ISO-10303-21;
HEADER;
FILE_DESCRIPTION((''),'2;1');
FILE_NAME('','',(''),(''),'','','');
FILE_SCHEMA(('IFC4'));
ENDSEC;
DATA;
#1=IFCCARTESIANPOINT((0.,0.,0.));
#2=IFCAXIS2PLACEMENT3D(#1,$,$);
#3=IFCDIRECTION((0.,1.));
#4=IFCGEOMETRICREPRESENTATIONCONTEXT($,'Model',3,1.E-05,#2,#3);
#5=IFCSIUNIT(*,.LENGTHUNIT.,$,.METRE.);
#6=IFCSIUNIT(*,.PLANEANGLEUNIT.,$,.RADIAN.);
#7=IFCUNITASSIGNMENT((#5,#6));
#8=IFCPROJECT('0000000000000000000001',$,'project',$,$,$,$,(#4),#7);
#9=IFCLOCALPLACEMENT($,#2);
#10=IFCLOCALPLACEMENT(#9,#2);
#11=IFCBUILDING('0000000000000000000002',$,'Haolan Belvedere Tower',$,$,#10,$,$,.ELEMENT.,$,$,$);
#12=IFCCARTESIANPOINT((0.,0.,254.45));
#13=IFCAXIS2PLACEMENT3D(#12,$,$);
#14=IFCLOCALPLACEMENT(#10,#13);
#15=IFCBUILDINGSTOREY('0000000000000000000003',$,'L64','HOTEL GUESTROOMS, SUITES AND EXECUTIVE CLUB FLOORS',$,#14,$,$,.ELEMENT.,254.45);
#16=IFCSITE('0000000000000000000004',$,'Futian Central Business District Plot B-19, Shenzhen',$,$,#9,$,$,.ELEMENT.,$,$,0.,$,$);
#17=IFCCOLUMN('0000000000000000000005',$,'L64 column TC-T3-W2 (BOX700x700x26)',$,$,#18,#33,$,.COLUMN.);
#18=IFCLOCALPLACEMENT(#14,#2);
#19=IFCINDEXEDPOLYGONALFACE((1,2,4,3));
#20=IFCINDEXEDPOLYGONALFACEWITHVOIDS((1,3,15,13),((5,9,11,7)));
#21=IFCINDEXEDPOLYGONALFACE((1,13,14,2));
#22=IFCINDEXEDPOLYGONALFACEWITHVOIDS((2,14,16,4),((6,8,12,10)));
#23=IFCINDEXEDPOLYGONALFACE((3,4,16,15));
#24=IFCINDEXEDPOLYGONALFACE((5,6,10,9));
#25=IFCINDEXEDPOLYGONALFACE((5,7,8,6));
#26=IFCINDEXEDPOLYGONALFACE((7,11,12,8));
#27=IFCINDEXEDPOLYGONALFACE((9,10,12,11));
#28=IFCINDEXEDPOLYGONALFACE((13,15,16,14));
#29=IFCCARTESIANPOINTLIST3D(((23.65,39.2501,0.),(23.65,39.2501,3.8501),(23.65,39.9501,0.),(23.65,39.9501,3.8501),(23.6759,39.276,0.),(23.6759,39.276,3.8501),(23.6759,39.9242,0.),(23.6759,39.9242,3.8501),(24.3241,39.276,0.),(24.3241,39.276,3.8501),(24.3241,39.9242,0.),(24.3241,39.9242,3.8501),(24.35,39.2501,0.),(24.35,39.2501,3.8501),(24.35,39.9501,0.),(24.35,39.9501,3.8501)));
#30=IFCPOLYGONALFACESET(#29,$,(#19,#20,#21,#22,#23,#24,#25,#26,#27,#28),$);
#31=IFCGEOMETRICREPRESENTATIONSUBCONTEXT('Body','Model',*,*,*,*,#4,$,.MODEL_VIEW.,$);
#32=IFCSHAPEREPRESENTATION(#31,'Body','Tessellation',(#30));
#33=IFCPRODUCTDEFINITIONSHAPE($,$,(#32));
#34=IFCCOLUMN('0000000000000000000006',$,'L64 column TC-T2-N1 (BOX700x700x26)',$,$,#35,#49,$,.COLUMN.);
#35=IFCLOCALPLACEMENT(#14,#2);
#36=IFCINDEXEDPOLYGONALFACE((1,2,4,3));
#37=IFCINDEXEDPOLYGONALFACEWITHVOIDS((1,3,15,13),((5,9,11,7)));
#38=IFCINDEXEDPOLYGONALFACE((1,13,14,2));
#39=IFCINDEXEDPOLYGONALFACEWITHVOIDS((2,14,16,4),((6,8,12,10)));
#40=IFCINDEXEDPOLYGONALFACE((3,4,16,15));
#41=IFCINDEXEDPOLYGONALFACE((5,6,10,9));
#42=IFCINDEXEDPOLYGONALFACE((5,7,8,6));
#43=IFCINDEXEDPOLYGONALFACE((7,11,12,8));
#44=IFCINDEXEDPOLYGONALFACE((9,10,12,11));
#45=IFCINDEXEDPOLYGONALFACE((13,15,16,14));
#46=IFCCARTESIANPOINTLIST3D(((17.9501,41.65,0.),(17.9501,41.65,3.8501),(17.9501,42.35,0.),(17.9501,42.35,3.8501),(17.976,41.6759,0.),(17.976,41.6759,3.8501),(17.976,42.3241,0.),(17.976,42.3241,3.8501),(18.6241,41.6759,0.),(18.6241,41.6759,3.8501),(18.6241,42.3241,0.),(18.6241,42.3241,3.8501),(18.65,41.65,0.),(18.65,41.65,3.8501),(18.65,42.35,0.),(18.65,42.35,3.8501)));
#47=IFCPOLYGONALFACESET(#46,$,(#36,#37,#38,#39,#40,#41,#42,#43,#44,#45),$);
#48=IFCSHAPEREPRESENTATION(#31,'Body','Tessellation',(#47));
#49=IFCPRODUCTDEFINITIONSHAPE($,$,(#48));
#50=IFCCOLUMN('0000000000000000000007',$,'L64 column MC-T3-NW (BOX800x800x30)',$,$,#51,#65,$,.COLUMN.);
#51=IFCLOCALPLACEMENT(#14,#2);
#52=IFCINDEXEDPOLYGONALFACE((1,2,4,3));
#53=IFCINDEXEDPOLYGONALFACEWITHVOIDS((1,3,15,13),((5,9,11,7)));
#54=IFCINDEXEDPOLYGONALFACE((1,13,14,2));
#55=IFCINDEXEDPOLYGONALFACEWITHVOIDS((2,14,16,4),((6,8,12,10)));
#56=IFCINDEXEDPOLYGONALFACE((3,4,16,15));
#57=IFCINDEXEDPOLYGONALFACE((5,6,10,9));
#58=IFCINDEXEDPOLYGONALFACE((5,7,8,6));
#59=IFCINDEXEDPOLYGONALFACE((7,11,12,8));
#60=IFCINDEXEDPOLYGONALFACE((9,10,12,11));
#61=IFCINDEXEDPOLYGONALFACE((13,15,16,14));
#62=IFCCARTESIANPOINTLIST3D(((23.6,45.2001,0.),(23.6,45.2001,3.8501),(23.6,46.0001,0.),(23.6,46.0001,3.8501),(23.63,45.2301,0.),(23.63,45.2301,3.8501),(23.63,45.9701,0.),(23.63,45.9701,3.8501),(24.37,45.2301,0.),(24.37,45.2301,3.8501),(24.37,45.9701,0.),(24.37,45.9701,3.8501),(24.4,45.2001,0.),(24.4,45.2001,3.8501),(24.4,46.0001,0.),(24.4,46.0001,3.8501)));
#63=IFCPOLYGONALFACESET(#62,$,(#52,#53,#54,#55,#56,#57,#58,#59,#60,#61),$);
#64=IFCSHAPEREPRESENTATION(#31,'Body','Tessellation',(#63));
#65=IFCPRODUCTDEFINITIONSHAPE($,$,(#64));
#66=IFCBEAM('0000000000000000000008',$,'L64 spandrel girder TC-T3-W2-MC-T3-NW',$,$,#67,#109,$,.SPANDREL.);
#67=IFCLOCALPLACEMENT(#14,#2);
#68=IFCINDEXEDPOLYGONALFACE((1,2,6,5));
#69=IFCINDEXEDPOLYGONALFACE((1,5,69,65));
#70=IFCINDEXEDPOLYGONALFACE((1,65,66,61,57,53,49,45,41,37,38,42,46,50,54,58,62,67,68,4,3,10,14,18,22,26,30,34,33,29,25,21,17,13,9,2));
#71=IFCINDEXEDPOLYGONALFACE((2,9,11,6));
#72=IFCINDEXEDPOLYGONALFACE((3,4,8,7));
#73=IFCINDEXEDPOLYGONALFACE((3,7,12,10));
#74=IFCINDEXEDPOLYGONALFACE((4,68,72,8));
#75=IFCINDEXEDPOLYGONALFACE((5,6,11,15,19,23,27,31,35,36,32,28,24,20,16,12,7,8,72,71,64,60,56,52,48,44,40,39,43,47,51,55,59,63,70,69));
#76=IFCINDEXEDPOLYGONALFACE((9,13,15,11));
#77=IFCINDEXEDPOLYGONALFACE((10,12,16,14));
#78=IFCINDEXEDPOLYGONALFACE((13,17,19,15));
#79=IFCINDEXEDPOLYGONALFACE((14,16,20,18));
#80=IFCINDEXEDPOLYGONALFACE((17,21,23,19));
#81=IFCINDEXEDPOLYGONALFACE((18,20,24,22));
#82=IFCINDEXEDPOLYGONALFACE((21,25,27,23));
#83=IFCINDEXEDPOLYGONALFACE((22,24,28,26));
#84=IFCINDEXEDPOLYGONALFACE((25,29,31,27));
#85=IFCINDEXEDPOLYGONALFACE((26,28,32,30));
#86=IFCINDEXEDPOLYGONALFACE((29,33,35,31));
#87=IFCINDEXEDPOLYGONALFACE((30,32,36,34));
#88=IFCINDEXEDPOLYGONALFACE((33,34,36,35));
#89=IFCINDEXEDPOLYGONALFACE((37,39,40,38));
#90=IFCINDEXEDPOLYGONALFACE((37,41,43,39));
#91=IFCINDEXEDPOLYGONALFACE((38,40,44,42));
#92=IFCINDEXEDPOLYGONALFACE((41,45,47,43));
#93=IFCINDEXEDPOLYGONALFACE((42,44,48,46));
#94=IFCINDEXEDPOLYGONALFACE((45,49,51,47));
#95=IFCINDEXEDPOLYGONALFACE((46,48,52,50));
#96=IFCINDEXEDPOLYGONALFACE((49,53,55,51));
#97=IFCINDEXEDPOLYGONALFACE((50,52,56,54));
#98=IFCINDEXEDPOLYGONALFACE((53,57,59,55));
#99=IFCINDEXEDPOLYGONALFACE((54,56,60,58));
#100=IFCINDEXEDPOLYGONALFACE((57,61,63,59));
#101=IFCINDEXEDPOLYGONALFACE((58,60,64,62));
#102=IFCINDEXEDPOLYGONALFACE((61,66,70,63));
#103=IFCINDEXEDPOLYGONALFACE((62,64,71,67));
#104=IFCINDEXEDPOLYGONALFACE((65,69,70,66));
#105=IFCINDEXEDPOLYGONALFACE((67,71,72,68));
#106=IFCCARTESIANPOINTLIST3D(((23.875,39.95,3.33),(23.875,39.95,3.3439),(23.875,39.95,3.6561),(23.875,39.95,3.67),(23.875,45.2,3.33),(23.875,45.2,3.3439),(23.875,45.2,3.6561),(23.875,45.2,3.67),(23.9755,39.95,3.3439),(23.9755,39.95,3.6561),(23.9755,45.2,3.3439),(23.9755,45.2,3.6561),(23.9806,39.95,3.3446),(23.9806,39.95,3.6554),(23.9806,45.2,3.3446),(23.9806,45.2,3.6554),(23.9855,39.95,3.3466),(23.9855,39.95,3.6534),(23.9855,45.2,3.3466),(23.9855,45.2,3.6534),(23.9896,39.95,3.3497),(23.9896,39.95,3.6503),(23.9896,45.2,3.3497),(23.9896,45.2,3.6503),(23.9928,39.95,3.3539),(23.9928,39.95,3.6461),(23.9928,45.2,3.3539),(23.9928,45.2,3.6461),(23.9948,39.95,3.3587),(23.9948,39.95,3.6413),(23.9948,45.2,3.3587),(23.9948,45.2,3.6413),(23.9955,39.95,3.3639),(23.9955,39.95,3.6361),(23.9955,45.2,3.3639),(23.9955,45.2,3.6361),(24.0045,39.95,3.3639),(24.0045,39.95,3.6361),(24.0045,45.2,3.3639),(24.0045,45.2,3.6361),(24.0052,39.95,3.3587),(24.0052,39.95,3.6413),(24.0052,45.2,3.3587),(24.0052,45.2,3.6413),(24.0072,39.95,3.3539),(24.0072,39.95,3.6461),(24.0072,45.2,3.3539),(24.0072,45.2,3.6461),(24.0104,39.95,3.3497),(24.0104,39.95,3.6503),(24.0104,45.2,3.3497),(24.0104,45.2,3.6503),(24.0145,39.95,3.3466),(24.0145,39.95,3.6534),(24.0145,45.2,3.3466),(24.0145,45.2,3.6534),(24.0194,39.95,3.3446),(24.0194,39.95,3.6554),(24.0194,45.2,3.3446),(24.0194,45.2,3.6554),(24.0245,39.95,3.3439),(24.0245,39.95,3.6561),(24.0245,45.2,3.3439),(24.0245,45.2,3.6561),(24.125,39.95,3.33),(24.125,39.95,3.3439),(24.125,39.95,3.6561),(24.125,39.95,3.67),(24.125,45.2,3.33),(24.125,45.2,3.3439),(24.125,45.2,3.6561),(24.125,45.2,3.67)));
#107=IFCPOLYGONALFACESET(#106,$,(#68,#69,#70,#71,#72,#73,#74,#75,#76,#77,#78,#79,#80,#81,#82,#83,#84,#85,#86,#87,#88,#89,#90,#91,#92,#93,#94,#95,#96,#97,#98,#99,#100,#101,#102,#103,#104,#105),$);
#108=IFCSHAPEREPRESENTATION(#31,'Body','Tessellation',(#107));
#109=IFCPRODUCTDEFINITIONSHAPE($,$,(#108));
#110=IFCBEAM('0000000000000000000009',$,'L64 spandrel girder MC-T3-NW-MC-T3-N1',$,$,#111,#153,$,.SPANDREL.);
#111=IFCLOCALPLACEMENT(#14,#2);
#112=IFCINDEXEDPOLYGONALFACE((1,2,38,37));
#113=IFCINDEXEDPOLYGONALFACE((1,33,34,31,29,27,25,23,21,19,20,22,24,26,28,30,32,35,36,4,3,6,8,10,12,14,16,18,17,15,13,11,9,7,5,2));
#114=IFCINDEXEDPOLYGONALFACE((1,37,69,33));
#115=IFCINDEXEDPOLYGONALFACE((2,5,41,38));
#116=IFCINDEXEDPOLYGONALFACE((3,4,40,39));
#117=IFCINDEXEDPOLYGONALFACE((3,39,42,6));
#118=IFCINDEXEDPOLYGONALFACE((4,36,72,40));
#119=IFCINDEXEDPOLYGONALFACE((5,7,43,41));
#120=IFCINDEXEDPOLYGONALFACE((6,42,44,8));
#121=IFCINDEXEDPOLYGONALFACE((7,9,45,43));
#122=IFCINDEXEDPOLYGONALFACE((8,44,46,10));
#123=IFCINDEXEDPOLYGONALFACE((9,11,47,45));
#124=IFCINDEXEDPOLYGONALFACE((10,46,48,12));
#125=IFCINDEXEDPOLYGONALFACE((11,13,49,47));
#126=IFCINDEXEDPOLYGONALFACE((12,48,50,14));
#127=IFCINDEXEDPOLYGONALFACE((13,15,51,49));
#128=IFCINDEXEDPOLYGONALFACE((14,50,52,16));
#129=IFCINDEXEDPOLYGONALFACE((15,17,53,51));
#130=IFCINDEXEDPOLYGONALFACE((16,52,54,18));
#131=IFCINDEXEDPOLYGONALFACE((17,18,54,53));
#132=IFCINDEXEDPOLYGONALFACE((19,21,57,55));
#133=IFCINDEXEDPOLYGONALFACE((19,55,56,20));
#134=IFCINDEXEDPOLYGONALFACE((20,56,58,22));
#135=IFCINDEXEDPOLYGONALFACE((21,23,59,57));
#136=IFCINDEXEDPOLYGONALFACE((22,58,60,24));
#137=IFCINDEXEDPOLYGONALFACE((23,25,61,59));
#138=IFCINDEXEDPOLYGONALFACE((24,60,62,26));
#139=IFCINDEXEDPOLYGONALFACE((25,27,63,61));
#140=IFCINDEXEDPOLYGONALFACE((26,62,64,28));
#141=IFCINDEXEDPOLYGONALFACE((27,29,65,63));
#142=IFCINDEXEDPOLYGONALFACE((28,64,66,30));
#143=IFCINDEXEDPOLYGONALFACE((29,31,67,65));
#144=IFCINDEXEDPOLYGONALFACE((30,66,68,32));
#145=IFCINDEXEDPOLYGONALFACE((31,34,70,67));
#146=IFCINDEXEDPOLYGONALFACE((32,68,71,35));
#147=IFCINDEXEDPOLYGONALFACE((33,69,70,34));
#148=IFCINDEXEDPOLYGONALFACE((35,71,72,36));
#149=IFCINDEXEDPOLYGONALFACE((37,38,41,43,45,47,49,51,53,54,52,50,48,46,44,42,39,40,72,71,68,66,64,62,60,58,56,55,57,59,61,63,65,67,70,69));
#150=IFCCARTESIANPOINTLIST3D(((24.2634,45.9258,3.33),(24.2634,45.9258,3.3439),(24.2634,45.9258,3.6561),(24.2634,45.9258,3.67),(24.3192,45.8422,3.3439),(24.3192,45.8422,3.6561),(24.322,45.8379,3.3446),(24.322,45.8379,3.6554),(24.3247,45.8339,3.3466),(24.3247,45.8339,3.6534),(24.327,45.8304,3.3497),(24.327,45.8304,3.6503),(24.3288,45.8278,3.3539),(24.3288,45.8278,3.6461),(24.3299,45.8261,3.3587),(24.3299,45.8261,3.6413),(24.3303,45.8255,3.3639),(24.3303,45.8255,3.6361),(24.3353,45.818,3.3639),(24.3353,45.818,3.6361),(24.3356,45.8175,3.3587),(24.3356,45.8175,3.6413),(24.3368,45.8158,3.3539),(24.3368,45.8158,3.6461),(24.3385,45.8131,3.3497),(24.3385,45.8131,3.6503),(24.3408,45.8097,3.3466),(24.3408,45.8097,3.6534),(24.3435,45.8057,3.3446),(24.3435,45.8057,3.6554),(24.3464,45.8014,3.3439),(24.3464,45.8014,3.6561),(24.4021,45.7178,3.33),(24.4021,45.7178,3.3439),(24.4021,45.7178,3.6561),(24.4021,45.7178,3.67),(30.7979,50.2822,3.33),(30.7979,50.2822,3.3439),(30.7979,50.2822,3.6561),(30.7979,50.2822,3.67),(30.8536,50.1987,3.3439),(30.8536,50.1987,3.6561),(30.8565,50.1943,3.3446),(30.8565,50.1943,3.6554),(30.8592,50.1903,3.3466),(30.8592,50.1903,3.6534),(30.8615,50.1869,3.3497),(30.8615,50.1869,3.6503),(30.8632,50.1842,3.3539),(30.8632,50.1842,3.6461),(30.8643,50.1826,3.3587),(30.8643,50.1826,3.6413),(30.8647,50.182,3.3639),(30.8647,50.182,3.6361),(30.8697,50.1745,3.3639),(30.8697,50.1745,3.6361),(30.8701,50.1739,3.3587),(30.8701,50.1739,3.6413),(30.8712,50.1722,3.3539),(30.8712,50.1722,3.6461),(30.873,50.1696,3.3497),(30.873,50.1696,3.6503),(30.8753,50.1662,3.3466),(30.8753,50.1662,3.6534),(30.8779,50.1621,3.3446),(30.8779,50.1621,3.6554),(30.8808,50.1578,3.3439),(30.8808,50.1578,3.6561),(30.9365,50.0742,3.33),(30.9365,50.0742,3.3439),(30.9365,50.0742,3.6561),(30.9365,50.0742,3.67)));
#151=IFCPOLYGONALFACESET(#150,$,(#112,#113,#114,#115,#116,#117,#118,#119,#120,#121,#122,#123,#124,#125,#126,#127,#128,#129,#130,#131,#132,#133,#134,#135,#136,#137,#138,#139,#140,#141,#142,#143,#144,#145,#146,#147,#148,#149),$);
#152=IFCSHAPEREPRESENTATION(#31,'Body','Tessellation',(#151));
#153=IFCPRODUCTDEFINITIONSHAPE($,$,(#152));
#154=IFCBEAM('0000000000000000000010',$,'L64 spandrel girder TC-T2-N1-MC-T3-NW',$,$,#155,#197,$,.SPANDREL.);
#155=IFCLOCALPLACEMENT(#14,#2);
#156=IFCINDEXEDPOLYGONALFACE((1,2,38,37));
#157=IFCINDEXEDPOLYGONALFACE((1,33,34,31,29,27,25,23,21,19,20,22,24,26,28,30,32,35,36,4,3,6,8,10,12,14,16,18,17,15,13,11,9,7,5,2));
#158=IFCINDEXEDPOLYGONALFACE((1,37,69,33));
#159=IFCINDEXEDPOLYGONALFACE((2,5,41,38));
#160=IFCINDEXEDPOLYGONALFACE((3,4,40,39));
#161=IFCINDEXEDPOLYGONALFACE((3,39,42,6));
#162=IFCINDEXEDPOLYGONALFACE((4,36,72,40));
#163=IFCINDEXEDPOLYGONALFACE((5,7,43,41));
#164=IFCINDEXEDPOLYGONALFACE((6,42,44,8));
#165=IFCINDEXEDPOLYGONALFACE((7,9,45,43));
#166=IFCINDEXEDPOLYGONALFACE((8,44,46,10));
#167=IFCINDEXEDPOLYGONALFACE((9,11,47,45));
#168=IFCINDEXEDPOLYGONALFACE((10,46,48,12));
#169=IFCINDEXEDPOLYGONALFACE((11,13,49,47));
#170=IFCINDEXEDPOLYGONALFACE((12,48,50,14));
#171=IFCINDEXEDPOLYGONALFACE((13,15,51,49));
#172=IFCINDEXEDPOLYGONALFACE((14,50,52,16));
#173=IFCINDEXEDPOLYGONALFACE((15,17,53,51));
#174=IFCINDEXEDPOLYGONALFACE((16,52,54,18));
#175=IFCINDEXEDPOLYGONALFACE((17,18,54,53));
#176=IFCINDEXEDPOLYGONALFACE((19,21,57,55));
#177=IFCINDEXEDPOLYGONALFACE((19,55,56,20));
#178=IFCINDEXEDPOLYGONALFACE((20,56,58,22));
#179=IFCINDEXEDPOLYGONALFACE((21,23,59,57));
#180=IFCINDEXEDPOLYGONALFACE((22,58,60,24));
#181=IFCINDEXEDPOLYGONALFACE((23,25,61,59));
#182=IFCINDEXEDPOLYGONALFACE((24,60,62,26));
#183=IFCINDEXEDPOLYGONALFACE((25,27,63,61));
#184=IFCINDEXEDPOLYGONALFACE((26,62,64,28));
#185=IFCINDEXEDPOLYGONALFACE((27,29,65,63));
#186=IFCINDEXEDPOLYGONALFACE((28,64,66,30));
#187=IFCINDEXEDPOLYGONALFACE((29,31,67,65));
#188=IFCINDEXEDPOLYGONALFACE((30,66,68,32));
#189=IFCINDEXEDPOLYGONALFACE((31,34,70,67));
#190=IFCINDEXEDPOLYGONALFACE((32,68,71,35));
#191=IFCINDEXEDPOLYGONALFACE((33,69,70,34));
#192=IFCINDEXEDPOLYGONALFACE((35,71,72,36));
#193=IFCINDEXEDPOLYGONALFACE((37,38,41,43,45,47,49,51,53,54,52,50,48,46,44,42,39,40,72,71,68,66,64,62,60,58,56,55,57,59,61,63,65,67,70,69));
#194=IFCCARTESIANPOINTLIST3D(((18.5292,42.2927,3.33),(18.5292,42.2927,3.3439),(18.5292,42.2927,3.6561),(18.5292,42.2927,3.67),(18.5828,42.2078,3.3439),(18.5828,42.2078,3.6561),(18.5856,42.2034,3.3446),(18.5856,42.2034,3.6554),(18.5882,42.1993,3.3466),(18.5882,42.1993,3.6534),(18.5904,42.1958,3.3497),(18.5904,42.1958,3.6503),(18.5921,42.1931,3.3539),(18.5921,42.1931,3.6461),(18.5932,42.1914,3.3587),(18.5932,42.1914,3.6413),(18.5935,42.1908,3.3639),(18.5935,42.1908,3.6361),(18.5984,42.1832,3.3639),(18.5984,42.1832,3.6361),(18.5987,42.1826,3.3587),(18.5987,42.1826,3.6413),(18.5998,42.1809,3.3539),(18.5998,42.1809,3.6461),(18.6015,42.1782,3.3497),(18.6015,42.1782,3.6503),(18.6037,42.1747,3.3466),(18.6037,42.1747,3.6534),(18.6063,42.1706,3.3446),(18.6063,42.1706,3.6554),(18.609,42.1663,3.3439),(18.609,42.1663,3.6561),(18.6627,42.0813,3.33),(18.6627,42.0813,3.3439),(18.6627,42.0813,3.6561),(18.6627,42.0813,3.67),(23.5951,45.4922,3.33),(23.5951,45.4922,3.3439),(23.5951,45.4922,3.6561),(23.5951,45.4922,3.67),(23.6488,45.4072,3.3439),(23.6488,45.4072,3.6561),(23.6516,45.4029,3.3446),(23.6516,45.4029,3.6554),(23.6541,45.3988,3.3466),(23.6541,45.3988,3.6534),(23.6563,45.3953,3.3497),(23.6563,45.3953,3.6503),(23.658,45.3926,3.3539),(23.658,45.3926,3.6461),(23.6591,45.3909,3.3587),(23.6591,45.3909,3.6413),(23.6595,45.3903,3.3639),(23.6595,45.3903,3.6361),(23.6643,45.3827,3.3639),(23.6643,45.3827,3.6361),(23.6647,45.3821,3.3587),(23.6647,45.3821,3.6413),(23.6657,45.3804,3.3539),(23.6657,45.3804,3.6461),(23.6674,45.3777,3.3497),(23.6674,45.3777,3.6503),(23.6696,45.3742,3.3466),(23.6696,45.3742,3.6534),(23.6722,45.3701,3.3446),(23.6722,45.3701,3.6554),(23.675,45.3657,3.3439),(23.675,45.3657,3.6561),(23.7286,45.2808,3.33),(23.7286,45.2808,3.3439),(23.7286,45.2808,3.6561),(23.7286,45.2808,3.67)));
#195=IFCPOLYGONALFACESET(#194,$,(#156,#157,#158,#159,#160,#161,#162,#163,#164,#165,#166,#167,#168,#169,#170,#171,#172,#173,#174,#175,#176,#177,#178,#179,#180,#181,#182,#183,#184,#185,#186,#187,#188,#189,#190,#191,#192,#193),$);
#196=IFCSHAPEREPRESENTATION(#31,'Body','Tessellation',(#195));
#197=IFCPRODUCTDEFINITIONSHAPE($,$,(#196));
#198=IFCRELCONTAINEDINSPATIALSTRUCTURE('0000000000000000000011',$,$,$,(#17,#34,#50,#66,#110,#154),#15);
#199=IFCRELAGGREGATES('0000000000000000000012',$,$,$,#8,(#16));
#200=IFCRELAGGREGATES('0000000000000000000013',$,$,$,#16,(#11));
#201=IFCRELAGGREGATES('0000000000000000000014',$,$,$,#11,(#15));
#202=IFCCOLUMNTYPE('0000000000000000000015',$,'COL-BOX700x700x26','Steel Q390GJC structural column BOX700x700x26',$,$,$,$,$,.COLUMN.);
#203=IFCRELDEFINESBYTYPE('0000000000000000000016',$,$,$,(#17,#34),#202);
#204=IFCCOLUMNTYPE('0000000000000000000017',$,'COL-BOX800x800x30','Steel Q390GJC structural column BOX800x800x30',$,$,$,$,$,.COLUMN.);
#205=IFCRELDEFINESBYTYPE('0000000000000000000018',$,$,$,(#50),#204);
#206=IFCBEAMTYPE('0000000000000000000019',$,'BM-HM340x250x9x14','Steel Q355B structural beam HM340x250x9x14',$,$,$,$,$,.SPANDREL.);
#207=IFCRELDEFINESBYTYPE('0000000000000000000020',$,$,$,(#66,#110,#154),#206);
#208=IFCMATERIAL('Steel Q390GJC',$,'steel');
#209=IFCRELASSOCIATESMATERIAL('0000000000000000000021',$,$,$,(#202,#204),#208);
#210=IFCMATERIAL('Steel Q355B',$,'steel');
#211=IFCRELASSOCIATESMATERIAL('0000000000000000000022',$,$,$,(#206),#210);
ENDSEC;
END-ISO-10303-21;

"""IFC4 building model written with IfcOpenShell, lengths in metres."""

from ifc_helpers import new_model, si_unit, direction, frame, origin, origin_2d, place, context, subcontext, project, spatial, hollow_rectangle, i_section, extrude, material, material_profile, profile_set, type_object, element, save


model = new_model("IFC4")

# Units and contexts
model_context = context("Model", 3, precision=1e-05, world=origin(), true_north=direction((0.0, 1.0)))
body_context = subcontext(model_context, "Body", "Model", "MODEL_VIEW")
ifc_project = project(units=[si_unit("LENGTHUNIT", "METRE"), si_unit("PLANEANGLEUNIT", "RADIAN")], contexts=[model_context])

# Site, building, storey
site_placement = place(None, origin())
site = spatial("IfcSite", under=ifc_project, at=site_placement, Name="Futian Central Business District Plot B-19, Shenzhen", CompositionType="ELEMENT", RefElevation=0.0)
building_placement = place(site_placement, origin())
building = spatial("IfcBuilding", under=site, at=building_placement, Name="Haolan Belvedere Tower", CompositionType="ELEMENT")
storey_placement = place(building_placement, frame((0.0, 0.0, 254.45)))
storey = spatial("IfcBuildingStorey", under=building, at=storey_placement, Name="L64", Description="HOTEL GUESTROOMS, SUITES AND EXECUTIVE CLUB FLOORS", CompositionType="ELEMENT", Elevation=254.45)

# Columns
ifc_material_1 = material(Name="Steel Q390GJC", Category="steel")
ifc_material_profile_1 = material_profile(ifc_material_1, hollow_rectangle(XDim=0.7, YDim=0.7, WallThickness=0.0259, at=origin_2d()), Name="Steel Q390GJC")
ifc_profile_set_1 = profile_set([ifc_material_profile_1], Name="Steel Q390GJC")
column_type_1 = type_object("IfcColumnType", Name="COL-BOX700x700x26", Description="Steel Q390GJC structural column BOX700x700x26", PredefinedType="COLUMN", material=ifc_profile_set_1)
for number, where, z_axis, x_axis, name in (
    (1, (24.0, 39.6001, 0.0), (0.0, 0.0, 1.0), (1.0, 0.0, 0.0), "L64 column TC-T3-W2 (BOX700x700x26)"),
    (2, (18.3, 42.0, 0.0), (0.0, 0.0, 1.0), (1.0, 0.0, 0.0), "L64 column TC-T2-N1 (BOX700x700x26)"),
):
    element("IfcColumn", number, at=place(storey_placement, frame(where, z_axis=z_axis, x_axis=x_axis)), inside=storey, type_object=column_type_1, Name=name, PredefinedType="COLUMN", context=body_context, shape_type="SweptSolid", body=[
        extrude(hollow_rectangle(XDim=0.7, YDim=0.7, WallThickness=0.0259, at=origin_2d()), origin(), (0.0, 0.0, 1.0), 3.8501),
    ])
ifc_material_profile_2 = material_profile(ifc_material_1, hollow_rectangle(XDim=0.8, YDim=0.8, WallThickness=0.03, at=origin_2d()), Name="Steel Q390GJC")
ifc_profile_set_2 = profile_set([ifc_material_profile_2], Name="Steel Q390GJC")
column_type_2 = type_object("IfcColumnType", Name="COL-BOX800x800x30", Description="Steel Q390GJC structural column BOX800x800x30", PredefinedType="COLUMN", material=ifc_profile_set_2)
column_placement = place(storey_placement, frame((24.0, 45.6001, 0.0), z_axis=(0.0, 0.0, 1.0), x_axis=(1.0, 0.0, 0.0)))
element("IfcColumn", 3, at=column_placement, inside=storey, type_object=column_type_2, Name="L64 column MC-T3-NW (BOX800x800x30)", PredefinedType="COLUMN", context=body_context, shape_type="SweptSolid", body=[
    extrude(hollow_rectangle(XDim=0.8, YDim=0.8, WallThickness=0.03, at=origin_2d()), origin(), (0.0, 0.0, 1.0), 3.8501),
])

# Beams
ifc_material_2 = material(Name="Steel Q355B", Category="steel")
ifc_material_profile_3 = material_profile(ifc_material_2, i_section(OverallWidth=0.25, OverallDepth=0.3401, WebThickness=0.009, FlangeThickness=0.0139, FilletRadius=0.02, at=origin_2d()), Name="Steel Q355B")
ifc_profile_set_3 = profile_set([ifc_material_profile_3], Name="Steel Q355B")
beam_type_1 = type_object("IfcBeamType", Name="BM-HM340x250x9x14", Description="Steel Q355B structural beam HM340x250x9x14", PredefinedType="SPANDREL", material=ifc_profile_set_3)
beam_1_placement = place(storey_placement, frame((24.0, 39.95, 3.5), z_axis=(0.0, 1.0, 0.0), x_axis=(-1.0, 0.0, 0.0)))
element("IfcBeam", 4, at=beam_1_placement, inside=storey, type_object=beam_type_1, Name="L64 spandrel girder TC-T3-W2-MC-T3-NW", PredefinedType="SPANDREL", context=body_context, shape_type="SweptSolid", body=[
    extrude(i_section(OverallWidth=0.25, OverallDepth=0.3401, WebThickness=0.009, FlangeThickness=0.0139, FilletRadius=0.02, at=origin_2d()), origin(), (0.0, 0.0, 1.0), 5.25),
])
beam_2_placement = place(storey_placement, frame((24.3328, 45.8218, 3.5), z_axis=(0.832041, 0.554715, 0.0), x_axis=(-0.554715, 0.832041, 0.0)))
element("IfcBeam", 5, at=beam_2_placement, inside=storey, type_object=beam_type_1, Name="L64 spandrel girder MC-T3-NW-MC-T3-N1", PredefinedType="SPANDREL", context=body_context, shape_type="SweptSolid", body=[
    extrude(i_section(OverallWidth=0.25, OverallDepth=0.3401, WebThickness=0.009, FlangeThickness=0.0139, FilletRadius=0.02, at=origin_2d()), origin(), (0.0, 0.0, 1.0), 7.8535),
])
beam_3_placement = place(storey_placement, frame((18.5959, 42.187, 3.5), z_axis=(0.845494, 0.533985, 0.0), x_axis=(-0.533985, 0.845494, 0.0)))
element("IfcBeam", 6, at=beam_3_placement, inside=storey, type_object=beam_type_1, Name="L64 spandrel girder TC-T2-N1-MC-T3-NW", PredefinedType="SPANDREL", context=body_context, shape_type="SweptSolid", body=[
    extrude(i_section(OverallWidth=0.25, OverallDepth=0.3401, WebThickness=0.009, FlangeThickness=0.0139, FilletRadius=0.02, at=origin_2d()), origin(), (0.0, 0.0, 1.0), 5.9917),
])

save(model, "model.ifc")
